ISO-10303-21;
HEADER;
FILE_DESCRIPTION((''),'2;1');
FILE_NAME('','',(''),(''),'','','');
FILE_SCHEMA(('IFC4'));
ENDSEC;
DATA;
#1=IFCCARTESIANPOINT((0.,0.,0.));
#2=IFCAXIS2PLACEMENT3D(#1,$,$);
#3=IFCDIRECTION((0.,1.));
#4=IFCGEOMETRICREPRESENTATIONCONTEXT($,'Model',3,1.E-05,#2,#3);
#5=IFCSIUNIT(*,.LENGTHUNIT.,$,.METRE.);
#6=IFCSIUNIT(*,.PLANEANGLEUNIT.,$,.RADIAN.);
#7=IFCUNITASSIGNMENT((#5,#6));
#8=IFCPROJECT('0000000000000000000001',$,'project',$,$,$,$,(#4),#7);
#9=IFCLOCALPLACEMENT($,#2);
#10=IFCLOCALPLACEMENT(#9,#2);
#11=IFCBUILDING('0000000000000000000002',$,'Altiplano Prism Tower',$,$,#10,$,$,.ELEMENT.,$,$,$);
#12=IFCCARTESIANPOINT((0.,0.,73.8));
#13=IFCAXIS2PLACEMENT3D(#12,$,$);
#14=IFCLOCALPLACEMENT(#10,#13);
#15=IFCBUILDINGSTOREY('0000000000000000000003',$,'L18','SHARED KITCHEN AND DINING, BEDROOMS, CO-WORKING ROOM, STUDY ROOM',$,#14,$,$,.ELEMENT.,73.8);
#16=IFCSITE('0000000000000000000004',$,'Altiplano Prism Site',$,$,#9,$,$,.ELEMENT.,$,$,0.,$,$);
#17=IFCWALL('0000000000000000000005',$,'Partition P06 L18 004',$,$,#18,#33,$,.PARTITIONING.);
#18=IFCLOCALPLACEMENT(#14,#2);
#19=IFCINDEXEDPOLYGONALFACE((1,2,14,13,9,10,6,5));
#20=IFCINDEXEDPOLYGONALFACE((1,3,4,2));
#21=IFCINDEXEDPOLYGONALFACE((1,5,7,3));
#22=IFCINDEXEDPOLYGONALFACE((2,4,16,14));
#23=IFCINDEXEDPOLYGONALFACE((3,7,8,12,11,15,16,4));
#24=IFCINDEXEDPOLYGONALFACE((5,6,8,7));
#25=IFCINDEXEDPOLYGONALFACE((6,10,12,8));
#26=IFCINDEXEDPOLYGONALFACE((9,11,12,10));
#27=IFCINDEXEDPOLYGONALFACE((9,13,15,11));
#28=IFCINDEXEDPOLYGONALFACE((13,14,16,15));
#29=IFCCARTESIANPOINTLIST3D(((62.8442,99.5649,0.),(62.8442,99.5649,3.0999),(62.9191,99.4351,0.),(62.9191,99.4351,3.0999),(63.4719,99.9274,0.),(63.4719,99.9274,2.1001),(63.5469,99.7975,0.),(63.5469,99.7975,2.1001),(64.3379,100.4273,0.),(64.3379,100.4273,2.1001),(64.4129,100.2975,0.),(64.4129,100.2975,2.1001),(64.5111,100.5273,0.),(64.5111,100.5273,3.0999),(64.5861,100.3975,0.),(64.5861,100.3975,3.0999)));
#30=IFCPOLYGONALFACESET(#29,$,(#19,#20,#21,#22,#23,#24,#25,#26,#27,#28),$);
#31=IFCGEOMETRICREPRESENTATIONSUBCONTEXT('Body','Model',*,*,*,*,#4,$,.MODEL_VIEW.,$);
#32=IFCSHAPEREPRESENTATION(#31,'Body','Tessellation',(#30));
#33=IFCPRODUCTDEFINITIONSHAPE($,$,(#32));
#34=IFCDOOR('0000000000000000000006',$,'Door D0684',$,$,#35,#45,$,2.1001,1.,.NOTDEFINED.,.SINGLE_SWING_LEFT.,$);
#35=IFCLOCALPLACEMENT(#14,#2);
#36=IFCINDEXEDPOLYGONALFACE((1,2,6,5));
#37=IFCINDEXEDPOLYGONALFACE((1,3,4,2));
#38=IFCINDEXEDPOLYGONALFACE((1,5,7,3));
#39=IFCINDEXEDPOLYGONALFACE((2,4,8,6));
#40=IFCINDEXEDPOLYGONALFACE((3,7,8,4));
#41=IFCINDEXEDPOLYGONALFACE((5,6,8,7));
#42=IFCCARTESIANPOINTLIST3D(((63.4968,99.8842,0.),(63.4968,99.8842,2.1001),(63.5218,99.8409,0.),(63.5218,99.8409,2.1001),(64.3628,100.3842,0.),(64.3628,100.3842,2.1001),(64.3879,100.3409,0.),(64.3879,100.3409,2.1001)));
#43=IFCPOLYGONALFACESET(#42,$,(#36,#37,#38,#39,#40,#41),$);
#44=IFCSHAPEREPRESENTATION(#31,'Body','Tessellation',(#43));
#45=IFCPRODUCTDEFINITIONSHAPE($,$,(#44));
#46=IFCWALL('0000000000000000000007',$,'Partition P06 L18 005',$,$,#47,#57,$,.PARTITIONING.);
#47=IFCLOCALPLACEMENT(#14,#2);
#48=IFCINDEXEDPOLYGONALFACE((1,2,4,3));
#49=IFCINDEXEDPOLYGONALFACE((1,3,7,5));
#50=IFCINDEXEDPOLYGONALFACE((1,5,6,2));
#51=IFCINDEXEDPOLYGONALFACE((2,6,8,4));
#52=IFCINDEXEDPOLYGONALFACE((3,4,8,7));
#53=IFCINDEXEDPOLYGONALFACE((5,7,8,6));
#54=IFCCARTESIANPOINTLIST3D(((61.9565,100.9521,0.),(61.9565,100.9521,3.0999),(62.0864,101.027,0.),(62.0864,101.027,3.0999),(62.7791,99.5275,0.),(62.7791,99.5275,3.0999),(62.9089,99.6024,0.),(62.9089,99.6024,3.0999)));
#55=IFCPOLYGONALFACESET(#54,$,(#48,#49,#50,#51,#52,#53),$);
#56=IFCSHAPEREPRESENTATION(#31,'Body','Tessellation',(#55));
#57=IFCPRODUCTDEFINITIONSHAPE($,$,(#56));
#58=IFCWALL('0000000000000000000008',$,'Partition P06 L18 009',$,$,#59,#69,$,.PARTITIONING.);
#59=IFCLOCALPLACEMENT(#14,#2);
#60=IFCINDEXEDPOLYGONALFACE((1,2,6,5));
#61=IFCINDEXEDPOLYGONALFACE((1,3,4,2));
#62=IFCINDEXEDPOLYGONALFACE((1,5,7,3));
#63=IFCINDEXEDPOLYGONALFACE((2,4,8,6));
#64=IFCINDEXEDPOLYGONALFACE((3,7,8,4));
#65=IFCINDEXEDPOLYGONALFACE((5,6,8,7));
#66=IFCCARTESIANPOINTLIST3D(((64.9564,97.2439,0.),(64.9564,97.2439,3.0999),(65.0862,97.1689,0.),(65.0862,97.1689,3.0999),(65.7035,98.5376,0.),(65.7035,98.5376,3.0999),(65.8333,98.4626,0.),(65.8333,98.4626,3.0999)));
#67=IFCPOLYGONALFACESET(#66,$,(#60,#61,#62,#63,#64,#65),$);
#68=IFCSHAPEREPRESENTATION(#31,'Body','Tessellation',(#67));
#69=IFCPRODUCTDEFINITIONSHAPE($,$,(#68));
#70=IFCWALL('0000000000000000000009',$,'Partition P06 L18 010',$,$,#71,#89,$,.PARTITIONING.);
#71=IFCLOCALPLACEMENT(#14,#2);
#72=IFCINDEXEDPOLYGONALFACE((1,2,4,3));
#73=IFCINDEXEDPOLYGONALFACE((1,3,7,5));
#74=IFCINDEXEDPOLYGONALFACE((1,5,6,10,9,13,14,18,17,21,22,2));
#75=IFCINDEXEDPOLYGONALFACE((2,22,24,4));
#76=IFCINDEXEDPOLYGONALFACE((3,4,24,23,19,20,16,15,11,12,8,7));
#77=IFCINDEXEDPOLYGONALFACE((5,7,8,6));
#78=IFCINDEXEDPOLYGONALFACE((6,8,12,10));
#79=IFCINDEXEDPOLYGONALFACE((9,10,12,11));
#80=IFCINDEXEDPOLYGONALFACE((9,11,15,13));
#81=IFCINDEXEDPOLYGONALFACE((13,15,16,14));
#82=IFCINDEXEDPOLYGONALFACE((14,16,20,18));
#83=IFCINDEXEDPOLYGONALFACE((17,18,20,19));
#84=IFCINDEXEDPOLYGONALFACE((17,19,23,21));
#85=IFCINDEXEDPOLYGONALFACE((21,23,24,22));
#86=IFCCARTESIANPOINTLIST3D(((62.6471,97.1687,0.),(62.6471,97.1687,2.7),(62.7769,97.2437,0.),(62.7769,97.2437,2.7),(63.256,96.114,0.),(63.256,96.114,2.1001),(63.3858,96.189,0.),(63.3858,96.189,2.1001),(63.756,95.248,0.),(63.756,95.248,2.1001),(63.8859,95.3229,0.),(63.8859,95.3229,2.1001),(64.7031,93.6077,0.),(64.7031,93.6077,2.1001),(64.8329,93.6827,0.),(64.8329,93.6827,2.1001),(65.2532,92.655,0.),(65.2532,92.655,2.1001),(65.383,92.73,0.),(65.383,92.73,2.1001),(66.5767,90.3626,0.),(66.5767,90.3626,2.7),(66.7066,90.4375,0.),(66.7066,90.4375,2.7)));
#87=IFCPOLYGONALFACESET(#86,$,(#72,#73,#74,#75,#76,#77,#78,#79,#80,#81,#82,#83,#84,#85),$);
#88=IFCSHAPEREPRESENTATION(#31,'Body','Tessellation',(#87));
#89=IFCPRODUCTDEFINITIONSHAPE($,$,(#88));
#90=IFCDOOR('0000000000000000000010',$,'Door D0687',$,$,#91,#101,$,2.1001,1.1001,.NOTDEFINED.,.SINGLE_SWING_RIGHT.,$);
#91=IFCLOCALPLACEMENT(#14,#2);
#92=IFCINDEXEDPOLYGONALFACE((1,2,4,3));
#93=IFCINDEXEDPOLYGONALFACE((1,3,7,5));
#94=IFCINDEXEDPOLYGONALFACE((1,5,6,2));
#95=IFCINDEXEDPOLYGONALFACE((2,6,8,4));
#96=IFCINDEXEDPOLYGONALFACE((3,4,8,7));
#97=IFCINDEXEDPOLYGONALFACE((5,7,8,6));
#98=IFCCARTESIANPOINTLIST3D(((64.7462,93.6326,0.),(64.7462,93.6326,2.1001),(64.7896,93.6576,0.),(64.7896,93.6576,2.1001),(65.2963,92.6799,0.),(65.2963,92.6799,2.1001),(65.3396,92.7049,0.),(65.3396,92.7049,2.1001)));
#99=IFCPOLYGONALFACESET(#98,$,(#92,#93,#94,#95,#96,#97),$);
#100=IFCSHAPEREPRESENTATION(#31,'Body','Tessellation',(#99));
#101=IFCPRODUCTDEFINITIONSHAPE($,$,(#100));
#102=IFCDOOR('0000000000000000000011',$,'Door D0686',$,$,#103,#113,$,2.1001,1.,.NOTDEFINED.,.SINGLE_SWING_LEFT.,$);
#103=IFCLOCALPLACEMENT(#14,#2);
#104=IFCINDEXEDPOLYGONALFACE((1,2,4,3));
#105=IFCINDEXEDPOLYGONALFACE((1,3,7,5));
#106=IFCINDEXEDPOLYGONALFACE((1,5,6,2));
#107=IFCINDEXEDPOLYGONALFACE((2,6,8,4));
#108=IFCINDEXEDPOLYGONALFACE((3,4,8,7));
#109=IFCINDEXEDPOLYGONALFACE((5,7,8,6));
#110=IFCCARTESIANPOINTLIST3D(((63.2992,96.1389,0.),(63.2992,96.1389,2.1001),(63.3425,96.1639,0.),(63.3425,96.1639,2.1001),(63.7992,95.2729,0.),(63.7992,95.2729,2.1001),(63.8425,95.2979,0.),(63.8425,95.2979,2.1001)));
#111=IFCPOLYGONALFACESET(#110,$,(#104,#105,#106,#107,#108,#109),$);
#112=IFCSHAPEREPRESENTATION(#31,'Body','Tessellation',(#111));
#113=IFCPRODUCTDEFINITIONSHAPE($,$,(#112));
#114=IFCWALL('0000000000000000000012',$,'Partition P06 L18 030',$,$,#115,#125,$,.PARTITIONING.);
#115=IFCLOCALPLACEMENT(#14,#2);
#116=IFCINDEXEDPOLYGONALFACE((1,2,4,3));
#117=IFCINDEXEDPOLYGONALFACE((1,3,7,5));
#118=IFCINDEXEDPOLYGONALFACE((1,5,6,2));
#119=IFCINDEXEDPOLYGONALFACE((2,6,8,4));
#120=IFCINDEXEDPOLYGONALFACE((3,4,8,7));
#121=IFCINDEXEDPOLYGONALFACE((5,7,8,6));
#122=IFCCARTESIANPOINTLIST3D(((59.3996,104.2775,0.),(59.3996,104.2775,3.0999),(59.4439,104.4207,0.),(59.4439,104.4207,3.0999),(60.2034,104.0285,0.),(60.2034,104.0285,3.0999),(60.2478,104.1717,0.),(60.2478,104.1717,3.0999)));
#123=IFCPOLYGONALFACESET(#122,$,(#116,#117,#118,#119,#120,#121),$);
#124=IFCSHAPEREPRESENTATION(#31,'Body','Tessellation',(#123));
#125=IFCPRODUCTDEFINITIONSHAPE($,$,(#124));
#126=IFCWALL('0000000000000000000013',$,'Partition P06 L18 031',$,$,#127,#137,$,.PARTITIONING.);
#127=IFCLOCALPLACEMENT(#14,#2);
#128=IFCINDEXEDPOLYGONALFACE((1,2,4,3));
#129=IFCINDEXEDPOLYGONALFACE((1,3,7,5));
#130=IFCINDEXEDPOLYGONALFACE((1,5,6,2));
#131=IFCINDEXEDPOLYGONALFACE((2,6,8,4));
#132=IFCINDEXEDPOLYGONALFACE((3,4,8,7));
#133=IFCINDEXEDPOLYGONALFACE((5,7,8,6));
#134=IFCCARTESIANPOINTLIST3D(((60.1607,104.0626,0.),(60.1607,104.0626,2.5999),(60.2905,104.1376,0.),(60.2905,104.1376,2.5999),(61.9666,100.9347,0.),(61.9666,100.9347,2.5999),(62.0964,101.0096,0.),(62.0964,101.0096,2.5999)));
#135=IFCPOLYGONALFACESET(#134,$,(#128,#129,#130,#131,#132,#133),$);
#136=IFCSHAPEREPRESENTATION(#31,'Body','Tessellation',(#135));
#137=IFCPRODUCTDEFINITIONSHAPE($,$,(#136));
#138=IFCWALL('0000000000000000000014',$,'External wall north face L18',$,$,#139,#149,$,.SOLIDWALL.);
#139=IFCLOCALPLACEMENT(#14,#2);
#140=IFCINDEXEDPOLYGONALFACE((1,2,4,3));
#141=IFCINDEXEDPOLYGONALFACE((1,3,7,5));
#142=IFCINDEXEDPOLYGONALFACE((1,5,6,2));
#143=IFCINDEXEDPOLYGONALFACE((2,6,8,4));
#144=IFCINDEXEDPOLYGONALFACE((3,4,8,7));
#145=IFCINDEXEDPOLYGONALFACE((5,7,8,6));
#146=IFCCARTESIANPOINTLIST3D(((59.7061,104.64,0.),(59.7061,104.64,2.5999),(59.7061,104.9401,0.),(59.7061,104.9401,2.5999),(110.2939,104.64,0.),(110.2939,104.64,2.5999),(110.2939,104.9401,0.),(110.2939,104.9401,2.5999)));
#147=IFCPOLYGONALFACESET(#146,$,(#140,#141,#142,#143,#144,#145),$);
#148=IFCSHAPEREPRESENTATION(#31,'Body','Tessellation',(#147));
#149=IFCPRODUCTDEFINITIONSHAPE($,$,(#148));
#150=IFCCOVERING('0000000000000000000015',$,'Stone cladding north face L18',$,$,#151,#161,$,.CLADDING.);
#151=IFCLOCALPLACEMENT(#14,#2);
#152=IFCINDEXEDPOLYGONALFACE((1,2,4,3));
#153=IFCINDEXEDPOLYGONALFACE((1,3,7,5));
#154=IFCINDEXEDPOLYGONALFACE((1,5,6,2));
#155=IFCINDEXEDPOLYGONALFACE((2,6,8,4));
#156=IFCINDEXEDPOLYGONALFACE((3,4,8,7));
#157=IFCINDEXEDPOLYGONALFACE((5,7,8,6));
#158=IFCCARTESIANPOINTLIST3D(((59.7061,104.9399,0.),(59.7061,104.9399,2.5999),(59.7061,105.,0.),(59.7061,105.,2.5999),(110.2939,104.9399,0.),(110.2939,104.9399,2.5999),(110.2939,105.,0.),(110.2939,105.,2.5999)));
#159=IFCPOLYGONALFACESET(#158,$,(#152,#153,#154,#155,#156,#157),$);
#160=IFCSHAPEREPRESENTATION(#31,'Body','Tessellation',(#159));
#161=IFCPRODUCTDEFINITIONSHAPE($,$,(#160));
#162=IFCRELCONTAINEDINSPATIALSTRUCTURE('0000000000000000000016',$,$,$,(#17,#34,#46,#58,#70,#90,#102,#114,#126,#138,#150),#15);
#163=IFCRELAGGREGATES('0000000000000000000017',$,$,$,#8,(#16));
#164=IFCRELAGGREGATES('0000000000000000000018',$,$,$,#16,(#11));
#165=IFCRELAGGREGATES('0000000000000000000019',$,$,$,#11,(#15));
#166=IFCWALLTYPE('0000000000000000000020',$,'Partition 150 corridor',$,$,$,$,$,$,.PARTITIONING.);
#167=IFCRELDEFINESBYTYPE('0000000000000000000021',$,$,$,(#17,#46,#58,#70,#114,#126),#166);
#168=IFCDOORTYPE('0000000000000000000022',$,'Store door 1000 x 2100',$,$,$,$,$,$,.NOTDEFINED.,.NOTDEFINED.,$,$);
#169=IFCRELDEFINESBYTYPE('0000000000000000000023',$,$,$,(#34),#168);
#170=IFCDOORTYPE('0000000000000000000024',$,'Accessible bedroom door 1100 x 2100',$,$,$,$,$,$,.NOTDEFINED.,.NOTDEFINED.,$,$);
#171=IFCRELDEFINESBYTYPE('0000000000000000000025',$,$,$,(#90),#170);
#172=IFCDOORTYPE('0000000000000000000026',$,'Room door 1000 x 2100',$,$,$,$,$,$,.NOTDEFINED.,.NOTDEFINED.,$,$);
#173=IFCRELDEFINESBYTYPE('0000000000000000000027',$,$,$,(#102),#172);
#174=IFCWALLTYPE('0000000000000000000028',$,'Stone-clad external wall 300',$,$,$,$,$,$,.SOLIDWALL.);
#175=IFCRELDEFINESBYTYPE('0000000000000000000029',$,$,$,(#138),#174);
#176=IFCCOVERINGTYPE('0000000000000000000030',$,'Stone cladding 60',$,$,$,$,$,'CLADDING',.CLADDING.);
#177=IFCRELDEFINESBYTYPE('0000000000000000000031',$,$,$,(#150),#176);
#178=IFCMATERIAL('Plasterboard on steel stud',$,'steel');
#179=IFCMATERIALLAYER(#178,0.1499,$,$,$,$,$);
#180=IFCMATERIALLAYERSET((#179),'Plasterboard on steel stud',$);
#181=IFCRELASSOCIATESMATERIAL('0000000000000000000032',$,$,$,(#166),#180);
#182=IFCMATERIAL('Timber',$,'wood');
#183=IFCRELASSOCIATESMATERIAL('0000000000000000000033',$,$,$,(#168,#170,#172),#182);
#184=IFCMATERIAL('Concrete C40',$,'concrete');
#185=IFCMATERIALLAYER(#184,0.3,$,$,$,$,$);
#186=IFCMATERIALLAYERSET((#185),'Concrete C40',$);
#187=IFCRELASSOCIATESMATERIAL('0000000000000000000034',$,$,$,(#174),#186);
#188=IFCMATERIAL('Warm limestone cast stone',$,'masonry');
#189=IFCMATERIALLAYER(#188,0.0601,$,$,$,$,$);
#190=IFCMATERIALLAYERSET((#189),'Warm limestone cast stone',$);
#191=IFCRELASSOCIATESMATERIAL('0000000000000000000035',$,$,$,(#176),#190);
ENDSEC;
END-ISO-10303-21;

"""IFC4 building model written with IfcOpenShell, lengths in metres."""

from ifc_helpers import new_model, si_unit, direction, frame, frame_2d, origin, place, context, subcontext, project, spatial, rectangle, extrude, material, layer, layer_set, type_object, element, fill, save


model = new_model("IFC4")

# Units and contexts
model_context = context("Model", 3, precision=1e-05, world=origin(), true_north=direction((0.0, 1.0)))
body_context = subcontext(model_context, "Body", "Model", "MODEL_VIEW")
ifc_project = project(units=[si_unit("LENGTHUNIT", "METRE"), si_unit("PLANEANGLEUNIT", "RADIAN")], contexts=[model_context])

# Site, building, storey
site_placement = place(None, origin())
site = spatial("IfcSite", under=ifc_project, at=site_placement, Name="Altiplano Prism Site", CompositionType="ELEMENT", RefElevation=0.0)
building_placement = place(site_placement, origin())
building = spatial("IfcBuilding", under=site, at=building_placement, Name="Altiplano Prism Tower", CompositionType="ELEMENT")
storey_placement = place(building_placement, frame((0.0, 0.0, 73.8)))
storey = spatial("IfcBuildingStorey", under=building, at=storey_placement, Name="L18", Description="SHARED KITCHEN AND DINING, BEDROOMS, CO-WORKING ROOM, STUDY ROOM", CompositionType="ELEMENT", Elevation=73.8)

# Shared definitions
ifc_material_1 = material(Name="Plasterboard on steel stud", Category="steel")
ifc_layer_1 = layer(ifc_material_1, 0.1499)
ifc_layer_set_1 = layer_set([ifc_layer_1], Name="Plasterboard on steel stud")
wall_type_1 = type_object("IfcWallType", Name="Partition 150 corridor", PredefinedType="PARTITIONING", material=ifc_layer_set_1)

# Wall, opening, door
wall_1_placement = place(storey_placement, frame((64.5486, 100.4624, 0.0), z_axis=(0.0, 0.0, 1.0), x_axis=(-0.866034, -0.499986, 0.0)))
wall_1 = element("IfcWall", 1, at=wall_1_placement, inside=storey, type_object=wall_type_1, Name="Partition P06 L18 004", PredefinedType="PARTITIONING", context=body_context, shape_type="SweptSolid", body=[
    extrude(rectangle(XDim=1.9248, YDim=0.1499, at=frame_2d((0.9624, 0.0))), origin(), (0.0, 0.0, 1.0), 3.0999),
])
opening_1_placement = place(wall_1_placement, frame((0.2, 0.0, 0.0)))
opening_1 = element("IfcOpeningElement", 2, at=opening_1_placement, cuts=wall_1, PredefinedType="OPENING", context=body_context, shape_type="SweptSolid", body=[
    extrude(rectangle(XDim=1.0, YDim=2.1001, at=frame_2d((0.5, 1.05))), frame((0.0, 0.0854, 0.0), z_axis=(0.0, -1.0, 0.0), x_axis=(1.0, 0.0, 0.0)), (0.0, 0.0, 1.0), 0.1709),
])
ifc_material_2 = material(Name="Timber", Category="wood")
door_type_1 = type_object("IfcDoorType", Name="Store door 1000 x 2100", OperationType="NOTDEFINED", PredefinedType="NOTDEFINED", material=ifc_material_2)
door_1_placement = place(opening_1_placement, origin())
door_1 = element("IfcDoor", 3, at=door_1_placement, inside=storey, type_object=door_type_1, Name="Door D0684", OperationType="SINGLE_SWING_LEFT", OverallHeight=2.1001, OverallWidth=1.0, PredefinedType="NOTDEFINED", context=body_context, shape_type="SweptSolid", body=[
    extrude(rectangle(XDim=1.0, YDim=2.1001, at=frame_2d((0.5, 1.05))), frame((0.0, 0.0249, 0.0), z_axis=(0.0, -1.0, 0.0), x_axis=(1.0, 0.0, 0.0)), (0.0, 0.0, 1.0), 0.05),
])
fill(opening_1, door_1)

# Walls
wall_2_placement = place(storey_placement, frame((62.844, 99.5649, 0.0), z_axis=(0.0, 0.0, 1.0), x_axis=(-0.500018, 0.866015, 0.0)))
element("IfcWall", 4, at=wall_2_placement, inside=storey, type_object=wall_type_1, Name="Partition P06 L18 005", PredefinedType="PARTITIONING", context=body_context, shape_type="SweptSolid", body=[
    extrude(rectangle(XDim=1.645, YDim=0.1499, at=frame_2d((0.8225, 0.0))), origin(), (0.0, 0.0, 1.0), 3.0999),
])
wall_3_placement = place(storey_placement, frame((65.0212, 97.2063, 0.0), z_axis=(0.0, 0.0, 1.0), x_axis=(0.500076, 0.865981, 0.0)))
element("IfcWall", 5, at=wall_3_placement, inside=storey, type_object=wall_type_1, Name="Partition P06 L18 009", PredefinedType="PARTITIONING", context=body_context, shape_type="SweptSolid", body=[
    extrude(rectangle(XDim=1.4939, YDim=0.1499, at=frame_2d((0.7471, 0.0))), origin(), (0.0, 0.0, 1.0), 3.0999),
])

# Wall, openings, doors
wall_4_placement = place(storey_placement, frame((62.7119, 97.2063, 0.0), z_axis=(0.0, 0.0, 1.0), x_axis=(0.500015, -0.866017, 0.0)))
wall_4 = element("IfcWall", 6, at=wall_4_placement, inside=storey, type_object=wall_type_1, Name="Partition P06 L18 010", PredefinedType="PARTITIONING", context=body_context, shape_type="SweptSolid", body=[
    extrude(rectangle(XDim=7.8591, YDim=0.1499, at=frame_2d((3.9297, 0.0))), origin(), (0.0, 0.0, 1.0), 2.7),
])
opening_2_placement = place(wall_4_placement, frame((1.218, 0.0, 0.0)))
opening_2 = element("IfcOpeningElement", 7, at=opening_2_placement, cuts=wall_4, PredefinedType="OPENING", context=body_context, shape_type="SweptSolid", body=[
    extrude(rectangle(XDim=1.0, YDim=2.1001, at=frame_2d((0.5, 1.05))), frame((0.0, 0.0854, 0.0), z_axis=(0.0, -1.0, 0.0), x_axis=(1.0, 0.0, 0.0)), (0.0, 0.0, 1.0), 0.1709),
])
opening_3_placement = place(wall_4_placement, frame((4.1121, 0.0, 0.0)))
opening_3 = element("IfcOpeningElement", 8, at=opening_3_placement, cuts=wall_4, PredefinedType="OPENING", context=body_context, shape_type="SweptSolid", body=[
    extrude(rectangle(XDim=1.1001, YDim=2.1001, at=frame_2d((0.55, 1.05))), frame((0.0, 0.0854, 0.0), z_axis=(0.0, -1.0, 0.0), x_axis=(1.0, 0.0, 0.0)), (0.0, 0.0, 1.0), 0.1709),
])
door_type_2 = type_object("IfcDoorType", Name="Accessible bedroom door 1100 x 2100", OperationType="NOTDEFINED", PredefinedType="NOTDEFINED", material=ifc_material_2)
door_2_placement = place(opening_3_placement, origin())
door_2 = element("IfcDoor", 9, at=door_2_placement, inside=storey, type_object=door_type_2, Name="Door D0687", OperationType="SINGLE_SWING_RIGHT", OverallHeight=2.1001, OverallWidth=1.1001, PredefinedType="NOTDEFINED", context=body_context, shape_type="SweptSolid", body=[
    extrude(rectangle(XDim=1.1001, YDim=2.1001, at=frame_2d((0.55, 1.05))), frame((0.0, 0.0249, 0.0), z_axis=(0.0, -1.0, 0.0), x_axis=(1.0, 0.0, 0.0)), (0.0, 0.0, 1.0), 0.05),
])
fill(opening_3, door_2)
door_type_3 = type_object("IfcDoorType", Name="Room door 1000 x 2100", OperationType="NOTDEFINED", PredefinedType="NOTDEFINED", material=ifc_material_2)
door_3_placement = place(opening_2_placement, origin())
door_3 = element("IfcDoor", 10, at=door_3_placement, inside=storey, type_object=door_type_3, Name="Door D0686", OperationType="SINGLE_SWING_LEFT", OverallHeight=2.1001, OverallWidth=1.0, PredefinedType="NOTDEFINED", context=body_context, shape_type="SweptSolid", body=[
    extrude(rectangle(XDim=1.0, YDim=2.1001, at=frame_2d((0.5, 1.05))), frame((0.0, 0.0249, 0.0), z_axis=(0.0, -1.0, 0.0), x_axis=(1.0, 0.0, 0.0)), (0.0, 0.0, 1.0), 0.05),
])
fill(opening_2, door_3)

# Walls
wall_5_placement = place(storey_placement, frame((59.4216, 104.3491, 0.0), z_axis=(0.0, 0.0, 1.0), x_axis=(0.955225, -0.295879, 0.0)))
element("IfcWall", 11, at=wall_5_placement, inside=storey, type_object=wall_type_1, Name="Partition P06 L18 030", PredefinedType="PARTITIONING", context=body_context, shape_type="SweptSolid", body=[
    extrude(rectangle(XDim=0.8416, YDim=0.1499, at=frame_2d((0.4209, 0.0))), origin(), (0.0, 0.0, 1.0), 3.0999),
])
wall_6_placement = place(storey_placement, frame((60.2256, 104.1001, 0.0), z_axis=(0.0, 0.0, 1.0), x_axis=(0.499999, -0.866026, 0.0)))
element("IfcWall", 12, at=wall_6_placement, inside=storey, type_object=wall_type_1, Name="Partition P06 L18 031", PredefinedType="PARTITIONING", context=body_context, shape_type="SweptSolid", body=[
    extrude(rectangle(XDim=3.6118, YDim=0.1499, at=frame_2d((1.8059, 0.0))), origin(), (0.0, 0.0, 1.0), 2.5999),
])
ifc_material_3 = material(Name="Concrete C40", Category="concrete")
ifc_layer_2 = layer(ifc_material_3, 0.3)
ifc_layer_set_2 = layer_set([ifc_layer_2], Name="Concrete C40")
wall_type_2 = type_object("IfcWallType", Name="Stone-clad external wall 300", PredefinedType="SOLIDWALL", material=ifc_layer_set_2)
wall_7_placement = place(storey_placement, frame((59.7061, 104.79, 0.0), z_axis=(0.0, 0.0, 1.0), x_axis=(1.0, 0.0, 0.0)))
element("IfcWall", 13, at=wall_7_placement, inside=storey, type_object=wall_type_2, Name="External wall north face L18", PredefinedType="SOLIDWALL", context=body_context, shape_type="SweptSolid", body=[
    extrude(rectangle(XDim=50.5879, YDim=0.3, at=frame_2d((25.2939, 0.0))), origin(), (0.0, 0.0, 1.0), 2.5999),
])

# Covering
ifc_material_4 = material(Name="Warm limestone cast stone", Category="masonry")
ifc_layer_3 = layer(ifc_material_4, 0.0601)
ifc_layer_set_3 = layer_set([ifc_layer_3], Name="Warm limestone cast stone")
covering_type = type_object("IfcCoveringType", Name="Stone cladding 60", ElementType="CLADDING", PredefinedType="CLADDING", material=ifc_layer_set_3)
covering_placement = place(storey_placement, frame((59.7061, 104.97, 0.0), z_axis=(0.0, 0.0, 1.0), x_axis=(1.0, 0.0, 0.0)))
element("IfcCovering", 14, at=covering_placement, inside=storey, type_object=covering_type, Name="Stone cladding north face L18", PredefinedType="CLADDING", context=body_context, shape_type="SweptSolid", body=[
    extrude(rectangle(XDim=50.5879, YDim=0.0601, at=frame_2d((25.2939, 0.0))), origin(), (0.0, 0.0, 1.0), 2.5999),
])

save(model, "model.ifc")
